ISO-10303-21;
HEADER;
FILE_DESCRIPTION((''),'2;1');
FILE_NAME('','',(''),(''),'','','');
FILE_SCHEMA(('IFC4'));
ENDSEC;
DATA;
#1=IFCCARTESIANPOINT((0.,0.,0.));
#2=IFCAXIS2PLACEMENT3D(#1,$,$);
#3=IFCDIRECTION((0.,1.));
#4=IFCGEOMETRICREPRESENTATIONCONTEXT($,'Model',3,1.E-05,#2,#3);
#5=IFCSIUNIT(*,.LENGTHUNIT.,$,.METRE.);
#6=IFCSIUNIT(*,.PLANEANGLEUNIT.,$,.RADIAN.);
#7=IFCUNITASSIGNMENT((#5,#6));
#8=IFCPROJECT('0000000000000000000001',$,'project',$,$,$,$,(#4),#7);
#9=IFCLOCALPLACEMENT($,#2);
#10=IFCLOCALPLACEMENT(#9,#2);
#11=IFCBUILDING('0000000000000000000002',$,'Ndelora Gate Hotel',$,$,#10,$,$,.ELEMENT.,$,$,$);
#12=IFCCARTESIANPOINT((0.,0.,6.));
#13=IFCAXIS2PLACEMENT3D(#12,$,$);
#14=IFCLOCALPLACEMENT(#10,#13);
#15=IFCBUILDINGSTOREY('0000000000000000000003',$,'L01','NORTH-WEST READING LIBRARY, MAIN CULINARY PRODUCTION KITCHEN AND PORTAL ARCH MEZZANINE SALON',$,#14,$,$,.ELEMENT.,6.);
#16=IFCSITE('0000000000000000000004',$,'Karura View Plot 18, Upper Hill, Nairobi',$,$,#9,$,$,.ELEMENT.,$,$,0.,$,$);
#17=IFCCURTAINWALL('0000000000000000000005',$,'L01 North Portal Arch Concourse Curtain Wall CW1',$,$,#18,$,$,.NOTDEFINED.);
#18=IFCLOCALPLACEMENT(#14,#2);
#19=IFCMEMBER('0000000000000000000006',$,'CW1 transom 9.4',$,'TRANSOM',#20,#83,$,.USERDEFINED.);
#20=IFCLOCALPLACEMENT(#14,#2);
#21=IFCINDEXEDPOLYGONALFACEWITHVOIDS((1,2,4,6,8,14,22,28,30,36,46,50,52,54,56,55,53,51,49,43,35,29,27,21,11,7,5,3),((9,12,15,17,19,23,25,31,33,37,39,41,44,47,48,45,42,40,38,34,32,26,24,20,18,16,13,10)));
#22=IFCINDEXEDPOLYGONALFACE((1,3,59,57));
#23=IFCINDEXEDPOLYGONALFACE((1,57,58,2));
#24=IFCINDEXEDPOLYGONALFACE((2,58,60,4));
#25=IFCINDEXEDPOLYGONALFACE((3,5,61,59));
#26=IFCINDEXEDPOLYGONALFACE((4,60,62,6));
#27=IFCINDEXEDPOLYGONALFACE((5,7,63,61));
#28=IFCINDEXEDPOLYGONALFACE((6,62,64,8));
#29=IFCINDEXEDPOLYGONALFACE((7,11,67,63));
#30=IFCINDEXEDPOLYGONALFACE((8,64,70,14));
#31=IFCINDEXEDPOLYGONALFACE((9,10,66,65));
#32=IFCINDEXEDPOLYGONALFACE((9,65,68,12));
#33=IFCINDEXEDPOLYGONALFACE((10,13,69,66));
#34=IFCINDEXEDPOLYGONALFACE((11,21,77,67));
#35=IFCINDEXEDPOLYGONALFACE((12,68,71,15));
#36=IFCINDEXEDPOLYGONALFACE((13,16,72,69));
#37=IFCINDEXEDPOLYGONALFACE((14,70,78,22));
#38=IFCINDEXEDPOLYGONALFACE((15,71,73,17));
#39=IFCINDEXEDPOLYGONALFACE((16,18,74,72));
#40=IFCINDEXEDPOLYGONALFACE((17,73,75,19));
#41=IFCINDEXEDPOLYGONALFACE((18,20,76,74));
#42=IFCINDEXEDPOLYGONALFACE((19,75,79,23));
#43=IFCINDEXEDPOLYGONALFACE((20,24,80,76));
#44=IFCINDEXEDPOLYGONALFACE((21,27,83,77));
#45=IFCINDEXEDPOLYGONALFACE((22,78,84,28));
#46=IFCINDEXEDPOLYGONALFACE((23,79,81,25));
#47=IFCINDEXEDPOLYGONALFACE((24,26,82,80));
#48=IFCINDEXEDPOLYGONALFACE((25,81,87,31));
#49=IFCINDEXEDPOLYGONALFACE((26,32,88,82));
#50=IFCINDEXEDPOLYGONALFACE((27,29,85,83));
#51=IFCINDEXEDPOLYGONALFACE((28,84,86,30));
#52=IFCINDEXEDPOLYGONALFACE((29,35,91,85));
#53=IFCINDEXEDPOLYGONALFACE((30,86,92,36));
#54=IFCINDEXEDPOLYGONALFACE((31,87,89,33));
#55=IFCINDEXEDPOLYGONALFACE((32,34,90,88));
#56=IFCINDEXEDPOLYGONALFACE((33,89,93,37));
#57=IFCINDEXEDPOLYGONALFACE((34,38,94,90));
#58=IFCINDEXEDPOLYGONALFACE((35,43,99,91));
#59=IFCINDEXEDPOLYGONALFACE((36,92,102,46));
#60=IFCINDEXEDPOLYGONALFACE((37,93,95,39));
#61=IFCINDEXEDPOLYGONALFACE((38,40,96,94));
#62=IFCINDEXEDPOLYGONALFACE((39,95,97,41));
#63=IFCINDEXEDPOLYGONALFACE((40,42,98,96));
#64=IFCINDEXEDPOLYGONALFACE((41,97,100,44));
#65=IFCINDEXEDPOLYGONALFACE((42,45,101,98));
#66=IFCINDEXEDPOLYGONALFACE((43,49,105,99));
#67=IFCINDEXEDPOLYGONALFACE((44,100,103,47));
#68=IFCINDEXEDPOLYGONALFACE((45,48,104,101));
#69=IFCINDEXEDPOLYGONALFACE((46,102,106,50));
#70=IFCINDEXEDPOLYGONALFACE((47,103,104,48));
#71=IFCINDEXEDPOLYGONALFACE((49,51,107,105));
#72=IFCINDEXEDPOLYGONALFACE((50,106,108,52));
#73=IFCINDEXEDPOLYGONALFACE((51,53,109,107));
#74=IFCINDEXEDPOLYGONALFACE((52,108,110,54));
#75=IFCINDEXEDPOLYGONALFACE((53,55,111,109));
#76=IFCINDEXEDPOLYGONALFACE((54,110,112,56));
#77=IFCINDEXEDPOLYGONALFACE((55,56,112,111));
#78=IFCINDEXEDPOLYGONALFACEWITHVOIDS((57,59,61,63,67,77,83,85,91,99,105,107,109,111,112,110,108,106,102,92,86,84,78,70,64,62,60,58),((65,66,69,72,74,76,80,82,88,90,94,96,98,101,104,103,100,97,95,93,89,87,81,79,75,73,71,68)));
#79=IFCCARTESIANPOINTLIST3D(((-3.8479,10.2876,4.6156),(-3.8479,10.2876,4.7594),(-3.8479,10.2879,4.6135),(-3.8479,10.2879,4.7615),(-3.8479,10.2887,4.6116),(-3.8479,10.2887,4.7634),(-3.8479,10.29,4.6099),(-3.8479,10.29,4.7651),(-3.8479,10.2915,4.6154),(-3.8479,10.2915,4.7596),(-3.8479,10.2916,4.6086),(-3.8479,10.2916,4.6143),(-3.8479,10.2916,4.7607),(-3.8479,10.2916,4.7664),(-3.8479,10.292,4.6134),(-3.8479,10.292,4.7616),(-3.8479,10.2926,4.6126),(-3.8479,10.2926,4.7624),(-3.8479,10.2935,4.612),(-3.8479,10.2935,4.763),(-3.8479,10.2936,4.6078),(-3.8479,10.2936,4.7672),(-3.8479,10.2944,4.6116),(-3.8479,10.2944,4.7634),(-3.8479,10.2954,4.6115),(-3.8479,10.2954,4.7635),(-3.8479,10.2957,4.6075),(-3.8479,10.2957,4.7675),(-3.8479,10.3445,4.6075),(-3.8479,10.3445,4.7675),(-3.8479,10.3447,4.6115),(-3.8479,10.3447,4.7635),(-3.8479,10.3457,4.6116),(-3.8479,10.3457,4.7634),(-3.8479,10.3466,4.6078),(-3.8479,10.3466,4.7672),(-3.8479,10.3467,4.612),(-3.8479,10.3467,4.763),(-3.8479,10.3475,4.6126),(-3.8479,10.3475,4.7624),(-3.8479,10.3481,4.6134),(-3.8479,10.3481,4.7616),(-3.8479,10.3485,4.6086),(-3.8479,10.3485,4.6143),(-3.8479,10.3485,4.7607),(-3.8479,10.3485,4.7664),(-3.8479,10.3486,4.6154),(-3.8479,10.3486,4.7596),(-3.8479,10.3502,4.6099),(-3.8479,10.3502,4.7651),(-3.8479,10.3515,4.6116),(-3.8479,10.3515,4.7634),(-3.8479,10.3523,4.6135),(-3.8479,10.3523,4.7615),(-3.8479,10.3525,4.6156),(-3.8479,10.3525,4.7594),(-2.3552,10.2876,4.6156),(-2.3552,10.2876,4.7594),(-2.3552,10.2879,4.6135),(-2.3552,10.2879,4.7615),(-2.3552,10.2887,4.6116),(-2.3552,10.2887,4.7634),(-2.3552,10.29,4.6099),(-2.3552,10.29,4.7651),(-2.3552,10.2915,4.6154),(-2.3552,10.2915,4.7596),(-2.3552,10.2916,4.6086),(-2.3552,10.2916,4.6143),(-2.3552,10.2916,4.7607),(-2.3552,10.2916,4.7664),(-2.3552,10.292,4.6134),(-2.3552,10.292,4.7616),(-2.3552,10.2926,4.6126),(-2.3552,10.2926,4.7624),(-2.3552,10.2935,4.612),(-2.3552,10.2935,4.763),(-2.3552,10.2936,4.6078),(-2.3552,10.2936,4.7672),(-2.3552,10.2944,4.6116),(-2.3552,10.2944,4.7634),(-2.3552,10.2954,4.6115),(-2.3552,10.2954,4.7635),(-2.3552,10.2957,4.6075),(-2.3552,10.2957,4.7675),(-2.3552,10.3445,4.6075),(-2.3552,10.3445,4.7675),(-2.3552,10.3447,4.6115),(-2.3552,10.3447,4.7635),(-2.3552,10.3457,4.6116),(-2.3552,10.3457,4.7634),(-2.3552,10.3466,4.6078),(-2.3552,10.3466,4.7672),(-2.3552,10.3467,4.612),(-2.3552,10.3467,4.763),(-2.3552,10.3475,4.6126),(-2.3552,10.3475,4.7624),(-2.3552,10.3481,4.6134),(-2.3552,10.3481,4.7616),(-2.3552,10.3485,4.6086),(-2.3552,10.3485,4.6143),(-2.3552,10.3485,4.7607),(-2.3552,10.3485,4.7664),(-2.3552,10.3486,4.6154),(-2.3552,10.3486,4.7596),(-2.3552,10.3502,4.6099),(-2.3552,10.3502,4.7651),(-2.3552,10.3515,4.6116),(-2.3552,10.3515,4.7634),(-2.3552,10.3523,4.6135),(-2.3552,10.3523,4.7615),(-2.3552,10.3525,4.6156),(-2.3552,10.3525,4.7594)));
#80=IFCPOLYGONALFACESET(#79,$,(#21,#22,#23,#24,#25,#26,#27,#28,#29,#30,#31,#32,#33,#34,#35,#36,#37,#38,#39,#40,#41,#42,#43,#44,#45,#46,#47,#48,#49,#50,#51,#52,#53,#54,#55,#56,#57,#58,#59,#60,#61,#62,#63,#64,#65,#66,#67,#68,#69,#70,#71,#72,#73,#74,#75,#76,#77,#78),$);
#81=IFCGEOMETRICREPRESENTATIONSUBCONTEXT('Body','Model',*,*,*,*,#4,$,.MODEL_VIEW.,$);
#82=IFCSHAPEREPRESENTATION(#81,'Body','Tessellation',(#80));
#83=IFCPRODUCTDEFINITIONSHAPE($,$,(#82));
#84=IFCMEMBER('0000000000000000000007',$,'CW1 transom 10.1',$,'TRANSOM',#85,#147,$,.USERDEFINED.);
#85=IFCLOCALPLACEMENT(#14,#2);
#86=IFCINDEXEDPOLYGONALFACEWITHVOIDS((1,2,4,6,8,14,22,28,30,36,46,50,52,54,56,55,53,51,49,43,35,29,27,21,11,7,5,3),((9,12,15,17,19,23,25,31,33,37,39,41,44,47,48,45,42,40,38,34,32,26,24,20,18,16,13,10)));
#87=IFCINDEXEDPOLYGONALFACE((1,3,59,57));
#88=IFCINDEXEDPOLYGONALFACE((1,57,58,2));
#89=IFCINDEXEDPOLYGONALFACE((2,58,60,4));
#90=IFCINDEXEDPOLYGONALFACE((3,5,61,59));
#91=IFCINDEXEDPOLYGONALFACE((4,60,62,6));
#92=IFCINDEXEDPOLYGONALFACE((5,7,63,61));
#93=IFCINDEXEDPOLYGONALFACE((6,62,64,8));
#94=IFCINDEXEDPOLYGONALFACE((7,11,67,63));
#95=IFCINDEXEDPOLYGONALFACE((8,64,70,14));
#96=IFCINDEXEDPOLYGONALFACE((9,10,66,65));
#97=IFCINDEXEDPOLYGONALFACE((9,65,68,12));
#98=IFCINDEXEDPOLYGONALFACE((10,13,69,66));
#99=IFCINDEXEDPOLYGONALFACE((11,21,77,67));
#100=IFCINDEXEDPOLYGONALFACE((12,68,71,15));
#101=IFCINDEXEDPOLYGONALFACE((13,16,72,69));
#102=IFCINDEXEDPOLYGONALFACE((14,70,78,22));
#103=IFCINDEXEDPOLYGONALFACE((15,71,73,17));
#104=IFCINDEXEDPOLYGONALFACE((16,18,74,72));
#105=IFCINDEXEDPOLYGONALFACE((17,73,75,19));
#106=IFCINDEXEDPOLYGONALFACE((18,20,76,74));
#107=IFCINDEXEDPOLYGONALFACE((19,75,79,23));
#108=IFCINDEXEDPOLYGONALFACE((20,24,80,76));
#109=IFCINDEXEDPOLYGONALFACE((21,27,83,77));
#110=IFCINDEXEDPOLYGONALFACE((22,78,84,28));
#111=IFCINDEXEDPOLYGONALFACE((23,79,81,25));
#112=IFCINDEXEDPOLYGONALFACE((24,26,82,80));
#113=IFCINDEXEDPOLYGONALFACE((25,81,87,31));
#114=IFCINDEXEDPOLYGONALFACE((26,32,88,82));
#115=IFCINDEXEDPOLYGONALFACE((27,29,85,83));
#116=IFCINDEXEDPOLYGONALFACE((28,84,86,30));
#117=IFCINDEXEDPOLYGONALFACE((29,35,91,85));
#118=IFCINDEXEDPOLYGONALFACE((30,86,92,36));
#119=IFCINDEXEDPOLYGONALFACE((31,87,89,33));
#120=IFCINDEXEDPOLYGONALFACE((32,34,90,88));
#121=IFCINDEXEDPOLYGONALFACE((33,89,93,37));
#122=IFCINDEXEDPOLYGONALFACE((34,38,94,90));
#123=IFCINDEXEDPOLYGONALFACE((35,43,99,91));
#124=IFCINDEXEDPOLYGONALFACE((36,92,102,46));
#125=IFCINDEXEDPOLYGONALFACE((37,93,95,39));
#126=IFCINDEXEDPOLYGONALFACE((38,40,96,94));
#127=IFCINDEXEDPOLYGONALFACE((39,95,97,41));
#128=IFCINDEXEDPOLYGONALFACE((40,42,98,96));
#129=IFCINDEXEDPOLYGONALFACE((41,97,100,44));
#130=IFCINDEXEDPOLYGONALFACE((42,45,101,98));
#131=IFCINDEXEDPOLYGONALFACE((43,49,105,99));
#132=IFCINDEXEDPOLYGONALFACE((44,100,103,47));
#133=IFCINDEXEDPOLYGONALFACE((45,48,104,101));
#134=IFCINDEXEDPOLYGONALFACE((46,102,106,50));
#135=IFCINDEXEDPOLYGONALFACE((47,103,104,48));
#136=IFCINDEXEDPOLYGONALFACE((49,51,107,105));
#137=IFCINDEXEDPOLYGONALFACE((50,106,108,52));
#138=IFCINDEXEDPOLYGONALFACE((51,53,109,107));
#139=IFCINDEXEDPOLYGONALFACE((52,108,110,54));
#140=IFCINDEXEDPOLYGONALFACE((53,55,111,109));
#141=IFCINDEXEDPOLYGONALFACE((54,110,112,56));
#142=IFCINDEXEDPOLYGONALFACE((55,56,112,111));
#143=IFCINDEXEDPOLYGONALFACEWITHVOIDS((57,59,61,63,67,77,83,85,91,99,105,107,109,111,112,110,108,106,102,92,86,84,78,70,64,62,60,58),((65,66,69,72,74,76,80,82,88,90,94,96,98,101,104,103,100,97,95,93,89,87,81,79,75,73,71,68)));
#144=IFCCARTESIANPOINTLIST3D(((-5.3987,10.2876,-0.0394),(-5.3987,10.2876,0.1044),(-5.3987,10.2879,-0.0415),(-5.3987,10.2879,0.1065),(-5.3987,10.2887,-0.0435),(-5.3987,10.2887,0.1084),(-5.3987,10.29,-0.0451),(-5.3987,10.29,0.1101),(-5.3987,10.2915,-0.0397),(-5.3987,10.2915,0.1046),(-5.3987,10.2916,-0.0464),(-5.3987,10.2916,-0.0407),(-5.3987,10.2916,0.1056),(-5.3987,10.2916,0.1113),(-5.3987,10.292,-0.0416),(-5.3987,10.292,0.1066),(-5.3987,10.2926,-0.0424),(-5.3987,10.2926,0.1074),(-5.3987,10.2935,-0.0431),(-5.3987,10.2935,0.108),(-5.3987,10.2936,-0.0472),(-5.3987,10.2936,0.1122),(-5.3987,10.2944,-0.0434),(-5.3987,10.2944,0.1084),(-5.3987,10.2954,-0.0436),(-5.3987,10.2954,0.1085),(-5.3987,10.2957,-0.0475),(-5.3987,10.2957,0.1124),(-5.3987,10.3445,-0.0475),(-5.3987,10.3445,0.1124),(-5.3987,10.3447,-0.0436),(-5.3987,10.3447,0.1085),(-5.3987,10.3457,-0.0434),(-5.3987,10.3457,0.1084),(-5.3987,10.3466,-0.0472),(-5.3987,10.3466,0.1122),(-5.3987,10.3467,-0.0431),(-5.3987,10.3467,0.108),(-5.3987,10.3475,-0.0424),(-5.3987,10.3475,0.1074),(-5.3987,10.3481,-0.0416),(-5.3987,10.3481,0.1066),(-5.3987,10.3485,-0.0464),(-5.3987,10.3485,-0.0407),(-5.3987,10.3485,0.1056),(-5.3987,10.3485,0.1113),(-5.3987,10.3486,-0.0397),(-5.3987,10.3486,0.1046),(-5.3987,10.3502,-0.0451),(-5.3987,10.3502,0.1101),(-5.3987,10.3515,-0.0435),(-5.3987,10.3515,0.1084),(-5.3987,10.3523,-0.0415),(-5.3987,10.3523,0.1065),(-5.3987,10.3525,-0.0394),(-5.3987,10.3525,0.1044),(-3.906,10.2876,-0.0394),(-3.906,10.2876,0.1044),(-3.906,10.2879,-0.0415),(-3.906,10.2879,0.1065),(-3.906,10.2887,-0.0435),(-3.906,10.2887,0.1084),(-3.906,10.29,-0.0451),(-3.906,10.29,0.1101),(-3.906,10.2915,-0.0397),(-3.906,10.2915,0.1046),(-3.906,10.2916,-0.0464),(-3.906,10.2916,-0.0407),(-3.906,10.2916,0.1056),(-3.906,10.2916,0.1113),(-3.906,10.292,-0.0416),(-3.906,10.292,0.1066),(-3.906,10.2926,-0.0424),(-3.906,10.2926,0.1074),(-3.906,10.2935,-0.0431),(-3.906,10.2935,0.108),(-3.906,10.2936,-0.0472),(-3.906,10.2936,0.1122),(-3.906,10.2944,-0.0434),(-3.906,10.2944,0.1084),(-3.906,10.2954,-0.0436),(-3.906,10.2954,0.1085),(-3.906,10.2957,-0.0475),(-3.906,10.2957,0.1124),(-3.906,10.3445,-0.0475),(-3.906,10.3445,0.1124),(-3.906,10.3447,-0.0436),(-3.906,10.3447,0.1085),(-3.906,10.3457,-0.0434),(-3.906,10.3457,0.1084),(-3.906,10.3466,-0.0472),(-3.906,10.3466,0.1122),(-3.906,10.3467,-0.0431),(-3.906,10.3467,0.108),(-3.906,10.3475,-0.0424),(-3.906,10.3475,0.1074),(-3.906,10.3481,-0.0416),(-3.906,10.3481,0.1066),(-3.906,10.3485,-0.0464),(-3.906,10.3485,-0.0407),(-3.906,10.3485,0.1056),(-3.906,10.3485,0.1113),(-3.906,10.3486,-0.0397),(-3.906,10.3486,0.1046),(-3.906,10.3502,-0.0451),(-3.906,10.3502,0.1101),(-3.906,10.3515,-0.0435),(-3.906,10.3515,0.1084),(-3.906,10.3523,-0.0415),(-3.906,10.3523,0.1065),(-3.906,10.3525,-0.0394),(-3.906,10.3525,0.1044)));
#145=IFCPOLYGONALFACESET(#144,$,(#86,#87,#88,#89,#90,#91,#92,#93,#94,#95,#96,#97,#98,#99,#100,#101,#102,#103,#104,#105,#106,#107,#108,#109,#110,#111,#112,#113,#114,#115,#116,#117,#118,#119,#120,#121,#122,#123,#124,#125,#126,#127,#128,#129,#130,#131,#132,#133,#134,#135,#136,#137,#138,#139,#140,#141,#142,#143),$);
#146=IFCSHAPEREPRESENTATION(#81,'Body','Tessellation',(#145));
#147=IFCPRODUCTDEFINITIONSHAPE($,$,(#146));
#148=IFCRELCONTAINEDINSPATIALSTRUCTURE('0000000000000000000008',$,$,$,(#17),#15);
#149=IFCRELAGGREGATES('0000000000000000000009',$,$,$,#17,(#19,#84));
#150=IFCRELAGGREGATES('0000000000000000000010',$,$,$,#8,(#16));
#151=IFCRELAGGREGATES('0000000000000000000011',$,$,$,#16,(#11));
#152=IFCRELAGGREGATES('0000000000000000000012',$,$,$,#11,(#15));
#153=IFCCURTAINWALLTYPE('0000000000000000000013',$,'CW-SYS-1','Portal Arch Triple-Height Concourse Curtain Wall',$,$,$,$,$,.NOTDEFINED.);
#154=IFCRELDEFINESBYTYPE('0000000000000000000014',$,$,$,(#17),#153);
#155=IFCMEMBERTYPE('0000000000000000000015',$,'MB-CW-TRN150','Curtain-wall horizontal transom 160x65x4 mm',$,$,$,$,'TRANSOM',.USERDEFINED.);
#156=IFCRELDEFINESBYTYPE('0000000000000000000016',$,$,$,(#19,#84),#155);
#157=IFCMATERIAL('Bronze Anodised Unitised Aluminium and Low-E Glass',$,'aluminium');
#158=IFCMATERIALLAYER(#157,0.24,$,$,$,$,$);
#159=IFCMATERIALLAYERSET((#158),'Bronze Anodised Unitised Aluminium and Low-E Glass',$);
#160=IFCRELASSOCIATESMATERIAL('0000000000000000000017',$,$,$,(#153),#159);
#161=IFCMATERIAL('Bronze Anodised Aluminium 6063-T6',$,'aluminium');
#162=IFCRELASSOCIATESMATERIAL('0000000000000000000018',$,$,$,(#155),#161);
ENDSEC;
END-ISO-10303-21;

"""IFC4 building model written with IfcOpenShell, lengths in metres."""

from ifc_helpers import new_model, si_unit, direction, frame, origin, origin_2d, place, context, subcontext, project, spatial, hollow_rectangle, extrude, material, layer, layer_set, material_profile, profile_set, type_object, element, aggregate, save


model = new_model("IFC4")

# Units and contexts
model_context = context("Model", 3, precision=1e-05, world=origin(), true_north=direction((0.0, 1.0)))
body_context = subcontext(model_context, "Body", "Model", "MODEL_VIEW")
ifc_project = project(units=[si_unit("LENGTHUNIT", "METRE"), si_unit("PLANEANGLEUNIT", "RADIAN")], contexts=[model_context])

# Site, building, storey
site_placement = place(None, origin())
site = spatial("IfcSite", under=ifc_project, at=site_placement, Name="Karura View Plot 18, Upper Hill, Nairobi", CompositionType="ELEMENT", RefElevation=0.0)
building_placement = place(site_placement, origin())
building = spatial("IfcBuilding", under=site, at=building_placement, Name="Ndelora Gate Hotel", CompositionType="ELEMENT")
storey_placement = place(building_placement, frame((0.0, 0.0, 6.0)))
storey = spatial("IfcBuildingStorey", under=building, at=storey_placement, Name="L01", Description="NORTH-WEST READING LIBRARY, MAIN CULINARY PRODUCTION KITCHEN AND PORTAL ARCH MEZZANINE SALON", CompositionType="ELEMENT", Elevation=6.0)

# Curtain wall, members
ifc_material_1 = material(Name="Bronze Anodised Unitised Aluminium and Low-E Glass", Category="aluminium")
ifc_layer_1 = layer(ifc_material_1, 0.24)
ifc_layer_set_1 = layer_set([ifc_layer_1], Name="Bronze Anodised Unitised Aluminium and Low-E Glass")
curtain_wall_type = type_object("IfcCurtainWallType", Name="CW-SYS-1", Description="Portal Arch Triple-Height Concourse Curtain Wall", PredefinedType="NOTDEFINED", material=ifc_layer_set_1)
curtain_wall_placement = place(storey_placement, origin())
curtain_wall = element("IfcCurtainWall", 1, at=curtain_wall_placement, inside=storey, type_object=curtain_wall_type, Name="L01 North Portal Arch Concourse Curtain Wall CW1", PredefinedType="NOTDEFINED")
ifc_material_2 = material(Name="Bronze Anodised Aluminium 6063-T6", Category="aluminium")
ifc_material_profile_1 = material_profile(ifc_material_2, hollow_rectangle(XDim=0.0649, YDim=0.1599, WallThickness=0.0039, InnerFilletRadius=0.0039, OuterFilletRadius=0.0081, at=origin_2d()), Name="ALU 160x65x4")
ifc_profile_set_1 = profile_set([ifc_material_profile_1], Name="Bronze Anodised Aluminium 6063-T6")
member_type_1 = type_object("IfcMemberType", Name="MB-CW-TRN150", Description="Curtain-wall horizontal transom 160x65x4 mm", ElementType="TRANSOM", PredefinedType="USERDEFINED", material=ifc_profile_set_1)
member_1_placement = place(storey_placement, frame((-2.3552, 10.3201, 4.6875), z_axis=(-1.0, 0.0, 0.0), x_axis=(0.0, -1.0, 0.0)))
member_1 = element("IfcMember", 2, at=member_1_placement, type_object=member_type_1, Name="CW1 transom 9.4", ObjectType="TRANSOM", PredefinedType="USERDEFINED", context=body_context, shape_type="SweptSolid", body=[
    extrude(hollow_rectangle(XDim=0.0649, YDim=0.1599, WallThickness=0.0039, InnerFilletRadius=0.0039, OuterFilletRadius=0.0081, at=origin_2d()), origin(), (0.0, 0.0, 1.0), 1.4927),
])
member_2_placement = place(storey_placement, frame((-3.906, 10.3201, 0.0325), z_axis=(-1.0, 0.0, 0.0), x_axis=(0.0, -1.0, 0.0)))
member_2 = element("IfcMember", 3, at=member_2_placement, type_object=member_type_1, Name="CW1 transom 10.1", ObjectType="TRANSOM", PredefinedType="USERDEFINED", context=body_context, shape_type="SweptSolid", body=[
    extrude(hollow_rectangle(XDim=0.0649, YDim=0.1599, WallThickness=0.0039, InnerFilletRadius=0.0039, OuterFilletRadius=0.0081, at=origin_2d()), origin(), (0.0, 0.0, 1.0), 1.4927),
])
aggregate(curtain_wall, [member_1, member_2])

save(model, "model.ifc")
